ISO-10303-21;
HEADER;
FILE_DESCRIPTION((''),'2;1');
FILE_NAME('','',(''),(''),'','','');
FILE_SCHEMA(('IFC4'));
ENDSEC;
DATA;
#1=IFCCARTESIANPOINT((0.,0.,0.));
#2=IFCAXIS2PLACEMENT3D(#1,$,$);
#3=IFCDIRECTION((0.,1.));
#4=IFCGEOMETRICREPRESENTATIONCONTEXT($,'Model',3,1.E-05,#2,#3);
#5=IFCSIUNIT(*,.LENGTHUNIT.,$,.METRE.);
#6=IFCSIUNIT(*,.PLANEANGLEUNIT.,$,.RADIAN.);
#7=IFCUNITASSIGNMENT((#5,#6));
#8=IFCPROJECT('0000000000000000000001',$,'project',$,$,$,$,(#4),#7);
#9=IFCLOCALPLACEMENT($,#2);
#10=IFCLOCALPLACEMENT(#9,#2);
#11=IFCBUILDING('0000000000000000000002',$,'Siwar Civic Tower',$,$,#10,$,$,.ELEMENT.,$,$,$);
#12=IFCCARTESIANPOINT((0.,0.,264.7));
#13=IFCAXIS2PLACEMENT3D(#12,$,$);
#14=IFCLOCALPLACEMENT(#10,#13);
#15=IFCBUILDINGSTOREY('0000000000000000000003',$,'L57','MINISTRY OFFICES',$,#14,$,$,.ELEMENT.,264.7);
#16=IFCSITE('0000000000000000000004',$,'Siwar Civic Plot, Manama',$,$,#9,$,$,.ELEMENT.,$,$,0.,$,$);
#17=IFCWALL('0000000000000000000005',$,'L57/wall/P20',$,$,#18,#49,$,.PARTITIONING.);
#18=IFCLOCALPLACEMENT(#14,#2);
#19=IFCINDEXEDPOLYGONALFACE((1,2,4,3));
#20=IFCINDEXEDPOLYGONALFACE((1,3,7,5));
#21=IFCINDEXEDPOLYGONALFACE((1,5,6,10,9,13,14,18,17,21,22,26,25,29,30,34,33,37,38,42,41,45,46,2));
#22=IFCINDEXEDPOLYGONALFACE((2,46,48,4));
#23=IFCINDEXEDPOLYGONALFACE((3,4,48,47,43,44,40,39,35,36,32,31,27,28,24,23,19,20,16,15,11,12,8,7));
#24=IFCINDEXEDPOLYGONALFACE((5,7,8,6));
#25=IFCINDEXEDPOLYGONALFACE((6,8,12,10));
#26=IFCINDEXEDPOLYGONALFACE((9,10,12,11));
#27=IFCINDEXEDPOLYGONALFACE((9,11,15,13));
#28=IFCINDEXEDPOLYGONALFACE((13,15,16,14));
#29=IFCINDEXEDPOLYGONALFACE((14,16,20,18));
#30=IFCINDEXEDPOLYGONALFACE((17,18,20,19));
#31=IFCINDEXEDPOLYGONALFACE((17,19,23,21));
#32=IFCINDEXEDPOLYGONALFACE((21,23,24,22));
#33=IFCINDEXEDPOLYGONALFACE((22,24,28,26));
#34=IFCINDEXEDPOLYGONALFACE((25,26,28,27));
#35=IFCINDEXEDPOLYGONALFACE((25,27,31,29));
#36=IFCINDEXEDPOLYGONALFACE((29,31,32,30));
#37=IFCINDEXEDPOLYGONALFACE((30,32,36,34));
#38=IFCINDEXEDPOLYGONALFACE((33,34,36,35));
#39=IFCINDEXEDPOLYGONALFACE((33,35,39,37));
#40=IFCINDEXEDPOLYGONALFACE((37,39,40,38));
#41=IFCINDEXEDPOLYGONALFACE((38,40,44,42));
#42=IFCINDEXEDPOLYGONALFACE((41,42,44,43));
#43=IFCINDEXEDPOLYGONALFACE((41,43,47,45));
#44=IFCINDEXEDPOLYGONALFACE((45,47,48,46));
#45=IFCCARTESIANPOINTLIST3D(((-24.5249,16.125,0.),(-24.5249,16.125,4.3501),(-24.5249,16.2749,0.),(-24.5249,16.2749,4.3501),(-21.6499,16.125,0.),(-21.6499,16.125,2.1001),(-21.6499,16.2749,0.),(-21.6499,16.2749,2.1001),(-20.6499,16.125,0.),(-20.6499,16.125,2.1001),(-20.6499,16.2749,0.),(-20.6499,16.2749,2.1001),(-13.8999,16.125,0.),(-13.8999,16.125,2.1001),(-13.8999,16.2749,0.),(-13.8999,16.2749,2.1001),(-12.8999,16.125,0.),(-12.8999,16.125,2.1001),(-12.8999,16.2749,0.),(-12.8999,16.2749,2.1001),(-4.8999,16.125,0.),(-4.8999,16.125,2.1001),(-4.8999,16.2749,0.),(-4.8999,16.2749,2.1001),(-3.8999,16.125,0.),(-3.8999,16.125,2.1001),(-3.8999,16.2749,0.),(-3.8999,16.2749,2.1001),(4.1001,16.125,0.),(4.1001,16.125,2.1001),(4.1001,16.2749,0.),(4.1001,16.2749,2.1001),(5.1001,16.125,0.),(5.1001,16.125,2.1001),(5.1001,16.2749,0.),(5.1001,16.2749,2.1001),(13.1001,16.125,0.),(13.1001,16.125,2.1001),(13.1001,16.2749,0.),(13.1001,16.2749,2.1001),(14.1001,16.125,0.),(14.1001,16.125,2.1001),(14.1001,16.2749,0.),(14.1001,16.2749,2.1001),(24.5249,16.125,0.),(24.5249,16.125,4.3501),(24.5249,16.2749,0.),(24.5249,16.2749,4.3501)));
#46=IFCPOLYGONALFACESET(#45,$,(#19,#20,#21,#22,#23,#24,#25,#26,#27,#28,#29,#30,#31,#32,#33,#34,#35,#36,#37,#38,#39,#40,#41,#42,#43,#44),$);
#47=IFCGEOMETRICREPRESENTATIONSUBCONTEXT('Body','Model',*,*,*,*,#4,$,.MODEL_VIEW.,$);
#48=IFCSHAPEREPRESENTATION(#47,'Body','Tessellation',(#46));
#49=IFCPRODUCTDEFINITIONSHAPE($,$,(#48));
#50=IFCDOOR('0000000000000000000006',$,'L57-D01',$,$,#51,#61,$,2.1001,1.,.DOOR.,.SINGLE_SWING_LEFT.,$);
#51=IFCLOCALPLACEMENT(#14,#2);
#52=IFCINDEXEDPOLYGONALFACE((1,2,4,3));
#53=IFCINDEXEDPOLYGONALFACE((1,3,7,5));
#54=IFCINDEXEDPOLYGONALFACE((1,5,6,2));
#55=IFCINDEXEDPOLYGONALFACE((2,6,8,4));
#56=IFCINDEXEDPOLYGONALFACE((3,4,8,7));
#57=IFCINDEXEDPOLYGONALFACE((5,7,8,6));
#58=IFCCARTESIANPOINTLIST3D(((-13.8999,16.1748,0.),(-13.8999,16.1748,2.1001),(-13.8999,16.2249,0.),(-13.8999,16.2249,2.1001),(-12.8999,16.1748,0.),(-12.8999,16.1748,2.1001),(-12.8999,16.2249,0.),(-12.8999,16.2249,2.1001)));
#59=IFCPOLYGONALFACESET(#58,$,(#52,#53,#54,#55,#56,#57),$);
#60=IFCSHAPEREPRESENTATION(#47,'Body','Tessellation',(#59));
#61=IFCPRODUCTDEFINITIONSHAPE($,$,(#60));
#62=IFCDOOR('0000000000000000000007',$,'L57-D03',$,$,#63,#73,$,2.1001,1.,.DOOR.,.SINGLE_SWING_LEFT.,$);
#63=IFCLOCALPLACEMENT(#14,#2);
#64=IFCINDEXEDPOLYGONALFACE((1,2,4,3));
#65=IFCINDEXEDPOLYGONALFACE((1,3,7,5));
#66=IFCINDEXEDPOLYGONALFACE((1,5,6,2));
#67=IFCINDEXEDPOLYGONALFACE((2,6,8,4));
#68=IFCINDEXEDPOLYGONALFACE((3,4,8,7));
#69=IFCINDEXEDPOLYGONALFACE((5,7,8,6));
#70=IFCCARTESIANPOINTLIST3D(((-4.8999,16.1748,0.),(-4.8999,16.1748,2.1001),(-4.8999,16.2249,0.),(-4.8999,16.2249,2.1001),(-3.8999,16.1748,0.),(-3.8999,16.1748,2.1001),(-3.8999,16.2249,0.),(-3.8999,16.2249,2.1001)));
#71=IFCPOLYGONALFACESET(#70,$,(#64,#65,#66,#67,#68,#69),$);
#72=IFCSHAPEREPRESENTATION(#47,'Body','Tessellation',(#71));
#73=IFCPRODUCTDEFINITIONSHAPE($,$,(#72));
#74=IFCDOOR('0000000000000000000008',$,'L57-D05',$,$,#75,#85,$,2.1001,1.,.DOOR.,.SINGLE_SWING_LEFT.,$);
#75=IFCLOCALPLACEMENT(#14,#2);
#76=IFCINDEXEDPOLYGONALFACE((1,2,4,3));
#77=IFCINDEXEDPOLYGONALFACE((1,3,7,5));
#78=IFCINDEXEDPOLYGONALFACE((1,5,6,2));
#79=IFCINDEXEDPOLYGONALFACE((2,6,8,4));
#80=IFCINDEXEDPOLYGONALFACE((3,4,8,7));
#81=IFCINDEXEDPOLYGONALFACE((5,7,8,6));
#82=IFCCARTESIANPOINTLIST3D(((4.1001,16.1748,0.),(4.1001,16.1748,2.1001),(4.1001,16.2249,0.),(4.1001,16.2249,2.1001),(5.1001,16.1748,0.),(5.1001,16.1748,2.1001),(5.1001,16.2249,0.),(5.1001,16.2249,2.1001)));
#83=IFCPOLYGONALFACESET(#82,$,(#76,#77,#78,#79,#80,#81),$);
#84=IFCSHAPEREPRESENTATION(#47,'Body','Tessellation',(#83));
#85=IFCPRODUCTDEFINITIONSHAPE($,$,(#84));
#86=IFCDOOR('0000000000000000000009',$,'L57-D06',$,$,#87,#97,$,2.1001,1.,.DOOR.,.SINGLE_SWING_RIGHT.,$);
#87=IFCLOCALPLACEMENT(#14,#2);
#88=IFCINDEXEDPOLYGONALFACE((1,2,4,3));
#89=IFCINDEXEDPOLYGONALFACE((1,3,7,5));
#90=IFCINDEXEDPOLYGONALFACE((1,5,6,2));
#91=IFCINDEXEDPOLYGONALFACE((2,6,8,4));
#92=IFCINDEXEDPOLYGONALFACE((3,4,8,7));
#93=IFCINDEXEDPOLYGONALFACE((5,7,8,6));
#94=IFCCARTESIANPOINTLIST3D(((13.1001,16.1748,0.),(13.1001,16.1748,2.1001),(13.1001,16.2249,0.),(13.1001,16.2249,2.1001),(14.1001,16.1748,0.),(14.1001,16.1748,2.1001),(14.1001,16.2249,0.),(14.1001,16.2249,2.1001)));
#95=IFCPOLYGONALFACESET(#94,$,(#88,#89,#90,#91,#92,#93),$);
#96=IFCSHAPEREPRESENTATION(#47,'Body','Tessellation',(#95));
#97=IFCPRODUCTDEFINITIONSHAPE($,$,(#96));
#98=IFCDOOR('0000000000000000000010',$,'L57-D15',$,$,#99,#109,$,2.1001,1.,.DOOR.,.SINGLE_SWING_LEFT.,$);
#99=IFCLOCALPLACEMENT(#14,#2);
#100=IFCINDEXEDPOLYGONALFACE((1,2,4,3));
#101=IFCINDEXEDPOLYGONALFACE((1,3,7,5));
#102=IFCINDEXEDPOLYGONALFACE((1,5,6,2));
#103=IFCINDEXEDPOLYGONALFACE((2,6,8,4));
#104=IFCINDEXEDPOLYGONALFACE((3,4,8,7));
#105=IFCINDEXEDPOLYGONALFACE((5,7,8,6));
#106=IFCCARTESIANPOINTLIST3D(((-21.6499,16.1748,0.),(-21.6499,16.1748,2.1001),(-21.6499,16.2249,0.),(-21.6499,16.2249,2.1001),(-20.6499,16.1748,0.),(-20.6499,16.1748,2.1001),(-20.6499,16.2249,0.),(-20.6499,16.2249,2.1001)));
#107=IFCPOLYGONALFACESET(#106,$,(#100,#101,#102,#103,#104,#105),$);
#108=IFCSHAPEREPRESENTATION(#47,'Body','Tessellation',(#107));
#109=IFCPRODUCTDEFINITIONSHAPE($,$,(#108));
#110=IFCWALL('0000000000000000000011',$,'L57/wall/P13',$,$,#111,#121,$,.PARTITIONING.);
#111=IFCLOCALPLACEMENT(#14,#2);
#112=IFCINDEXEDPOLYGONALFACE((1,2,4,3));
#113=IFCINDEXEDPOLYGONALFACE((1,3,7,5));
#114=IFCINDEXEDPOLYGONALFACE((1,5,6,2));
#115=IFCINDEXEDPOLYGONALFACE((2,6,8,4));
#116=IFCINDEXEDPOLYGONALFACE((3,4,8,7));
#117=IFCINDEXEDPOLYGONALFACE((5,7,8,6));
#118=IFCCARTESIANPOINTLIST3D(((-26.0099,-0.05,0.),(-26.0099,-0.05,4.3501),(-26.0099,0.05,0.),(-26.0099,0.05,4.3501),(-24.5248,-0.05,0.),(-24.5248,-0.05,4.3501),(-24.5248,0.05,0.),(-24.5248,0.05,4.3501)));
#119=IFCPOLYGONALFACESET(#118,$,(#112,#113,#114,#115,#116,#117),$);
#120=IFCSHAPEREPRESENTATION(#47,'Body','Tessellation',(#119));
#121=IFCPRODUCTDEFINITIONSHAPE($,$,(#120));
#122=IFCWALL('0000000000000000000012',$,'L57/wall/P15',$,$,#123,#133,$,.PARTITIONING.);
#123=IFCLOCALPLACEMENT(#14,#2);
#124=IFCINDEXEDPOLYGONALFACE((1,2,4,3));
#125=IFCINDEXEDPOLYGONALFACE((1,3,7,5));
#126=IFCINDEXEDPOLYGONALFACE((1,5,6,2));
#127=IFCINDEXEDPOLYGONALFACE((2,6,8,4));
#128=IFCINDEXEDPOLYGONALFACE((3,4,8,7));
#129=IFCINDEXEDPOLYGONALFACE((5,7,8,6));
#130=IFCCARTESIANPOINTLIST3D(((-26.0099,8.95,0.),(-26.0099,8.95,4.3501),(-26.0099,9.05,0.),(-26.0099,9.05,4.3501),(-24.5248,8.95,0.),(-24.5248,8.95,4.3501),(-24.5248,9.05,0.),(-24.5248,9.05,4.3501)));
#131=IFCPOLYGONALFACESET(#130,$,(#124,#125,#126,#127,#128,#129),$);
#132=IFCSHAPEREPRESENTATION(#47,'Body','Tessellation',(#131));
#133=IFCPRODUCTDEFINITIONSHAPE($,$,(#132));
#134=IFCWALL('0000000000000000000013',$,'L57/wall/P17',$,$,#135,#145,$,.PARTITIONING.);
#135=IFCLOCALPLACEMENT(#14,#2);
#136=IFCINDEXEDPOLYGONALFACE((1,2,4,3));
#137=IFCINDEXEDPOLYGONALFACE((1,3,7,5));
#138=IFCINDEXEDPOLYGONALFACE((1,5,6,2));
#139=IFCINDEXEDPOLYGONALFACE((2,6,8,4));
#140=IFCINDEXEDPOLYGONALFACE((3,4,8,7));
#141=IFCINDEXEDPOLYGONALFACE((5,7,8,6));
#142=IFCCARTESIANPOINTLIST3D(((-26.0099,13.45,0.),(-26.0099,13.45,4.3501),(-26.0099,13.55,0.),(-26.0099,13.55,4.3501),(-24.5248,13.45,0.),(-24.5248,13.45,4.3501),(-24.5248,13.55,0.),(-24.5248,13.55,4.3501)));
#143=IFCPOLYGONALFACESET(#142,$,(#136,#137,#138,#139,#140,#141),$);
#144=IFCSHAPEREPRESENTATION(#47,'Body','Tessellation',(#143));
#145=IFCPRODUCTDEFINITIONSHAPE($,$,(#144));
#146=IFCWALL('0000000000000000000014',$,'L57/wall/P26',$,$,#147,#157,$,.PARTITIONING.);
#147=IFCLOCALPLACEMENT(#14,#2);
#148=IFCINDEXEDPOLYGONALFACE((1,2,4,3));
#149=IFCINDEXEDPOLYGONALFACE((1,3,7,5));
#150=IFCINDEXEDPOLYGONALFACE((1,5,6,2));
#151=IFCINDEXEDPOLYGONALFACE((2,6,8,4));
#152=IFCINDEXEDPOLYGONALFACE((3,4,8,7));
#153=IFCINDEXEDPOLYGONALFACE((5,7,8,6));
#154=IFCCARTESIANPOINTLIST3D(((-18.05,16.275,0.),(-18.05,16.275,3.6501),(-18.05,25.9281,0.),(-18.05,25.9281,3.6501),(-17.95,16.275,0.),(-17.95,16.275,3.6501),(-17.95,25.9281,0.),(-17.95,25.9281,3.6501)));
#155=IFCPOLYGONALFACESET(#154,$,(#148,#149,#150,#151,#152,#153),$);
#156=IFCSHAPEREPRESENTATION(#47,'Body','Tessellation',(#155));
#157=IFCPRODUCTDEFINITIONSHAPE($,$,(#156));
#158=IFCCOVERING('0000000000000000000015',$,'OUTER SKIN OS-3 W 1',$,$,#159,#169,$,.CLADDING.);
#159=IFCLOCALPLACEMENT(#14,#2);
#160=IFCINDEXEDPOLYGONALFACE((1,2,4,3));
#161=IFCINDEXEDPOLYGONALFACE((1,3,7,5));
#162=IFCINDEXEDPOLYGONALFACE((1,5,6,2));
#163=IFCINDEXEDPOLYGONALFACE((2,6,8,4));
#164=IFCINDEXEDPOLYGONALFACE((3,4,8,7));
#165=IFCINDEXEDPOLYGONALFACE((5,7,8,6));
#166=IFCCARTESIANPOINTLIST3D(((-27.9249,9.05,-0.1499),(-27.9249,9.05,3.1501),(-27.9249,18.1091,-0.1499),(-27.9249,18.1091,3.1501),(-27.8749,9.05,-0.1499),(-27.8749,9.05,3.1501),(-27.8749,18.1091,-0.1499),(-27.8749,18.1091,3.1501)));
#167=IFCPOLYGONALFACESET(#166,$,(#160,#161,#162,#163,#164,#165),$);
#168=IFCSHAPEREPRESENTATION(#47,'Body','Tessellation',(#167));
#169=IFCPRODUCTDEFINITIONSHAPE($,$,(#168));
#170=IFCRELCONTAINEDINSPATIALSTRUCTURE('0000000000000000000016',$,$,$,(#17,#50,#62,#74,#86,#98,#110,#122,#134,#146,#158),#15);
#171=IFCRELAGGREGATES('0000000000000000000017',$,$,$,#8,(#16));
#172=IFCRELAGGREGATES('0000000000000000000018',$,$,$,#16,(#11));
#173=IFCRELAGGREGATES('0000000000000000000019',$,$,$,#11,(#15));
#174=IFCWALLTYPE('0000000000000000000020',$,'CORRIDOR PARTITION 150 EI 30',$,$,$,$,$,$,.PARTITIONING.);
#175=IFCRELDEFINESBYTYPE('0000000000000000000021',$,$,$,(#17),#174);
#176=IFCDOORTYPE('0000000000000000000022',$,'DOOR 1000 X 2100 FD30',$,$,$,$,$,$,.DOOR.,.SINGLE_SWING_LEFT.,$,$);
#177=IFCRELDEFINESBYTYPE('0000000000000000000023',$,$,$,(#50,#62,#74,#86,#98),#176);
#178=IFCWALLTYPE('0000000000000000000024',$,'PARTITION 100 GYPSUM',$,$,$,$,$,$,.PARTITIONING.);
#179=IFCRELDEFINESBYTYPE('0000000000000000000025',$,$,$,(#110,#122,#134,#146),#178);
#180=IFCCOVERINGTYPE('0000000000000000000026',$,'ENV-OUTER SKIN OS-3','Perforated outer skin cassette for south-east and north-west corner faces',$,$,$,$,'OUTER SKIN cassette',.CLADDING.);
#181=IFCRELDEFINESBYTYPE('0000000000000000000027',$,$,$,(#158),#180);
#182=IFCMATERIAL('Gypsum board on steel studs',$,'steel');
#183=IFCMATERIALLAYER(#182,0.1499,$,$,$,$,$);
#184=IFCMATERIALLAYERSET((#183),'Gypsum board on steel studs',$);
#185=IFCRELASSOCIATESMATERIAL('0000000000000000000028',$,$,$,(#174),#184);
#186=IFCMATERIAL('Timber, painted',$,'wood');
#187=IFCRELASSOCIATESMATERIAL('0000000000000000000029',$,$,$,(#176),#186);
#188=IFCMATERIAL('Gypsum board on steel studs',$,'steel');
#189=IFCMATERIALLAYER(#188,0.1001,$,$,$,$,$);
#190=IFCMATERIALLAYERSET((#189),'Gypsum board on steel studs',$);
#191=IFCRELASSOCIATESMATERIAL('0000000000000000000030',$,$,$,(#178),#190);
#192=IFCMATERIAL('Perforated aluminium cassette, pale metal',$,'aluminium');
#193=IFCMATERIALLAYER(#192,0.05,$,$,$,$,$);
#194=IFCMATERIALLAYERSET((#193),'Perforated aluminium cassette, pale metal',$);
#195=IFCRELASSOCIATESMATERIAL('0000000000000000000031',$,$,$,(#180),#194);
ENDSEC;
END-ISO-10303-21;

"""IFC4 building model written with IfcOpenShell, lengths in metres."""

from ifc_helpers import new_model, si_unit, direction, frame, frame_2d, origin, origin_2d, place, context, subcontext, project, spatial, rectangle, extrude, material, layer, layer_set, type_object, element, fill, save


model = new_model("IFC4")

# Units and contexts
model_context = context("Model", 3, precision=1e-05, world=origin(), true_north=direction((0.0, 1.0)))
body_context = subcontext(model_context, "Body", "Model", "MODEL_VIEW")
ifc_project = project(units=[si_unit("LENGTHUNIT", "METRE"), si_unit("PLANEANGLEUNIT", "RADIAN")], contexts=[model_context])

# Site, building, storey
site_placement = place(None, origin())
site = spatial("IfcSite", under=ifc_project, at=site_placement, Name="Siwar Civic Plot, Manama", CompositionType="ELEMENT", RefElevation=0.0)
building_placement = place(site_placement, origin())
building = spatial("IfcBuilding", under=site, at=building_placement, Name="Siwar Civic Tower", CompositionType="ELEMENT")
storey_placement = place(building_placement, frame((0.0, 0.0, 264.7)))
storey = spatial("IfcBuildingStorey", under=building, at=storey_placement, Name="L57", Description="MINISTRY OFFICES", CompositionType="ELEMENT", Elevation=264.7)

# Wall, openings, doors
ifc_material_1 = material(Name="Gypsum board on steel studs", Category="steel")
ifc_layer_1 = layer(ifc_material_1, 0.1499)
ifc_layer_set_1 = layer_set([ifc_layer_1], Name="Gypsum board on steel studs")
wall_type_1 = type_object("IfcWallType", Name="CORRIDOR PARTITION 150 EI 30", PredefinedType="PARTITIONING", material=ifc_layer_set_1)
wall_1_placement = place(storey_placement, frame((-24.5249, 16.2, 0.0), z_axis=(0.0, 0.0, 1.0), x_axis=(1.0, 0.0, 0.0)))
wall_1 = element("IfcWall", 1, at=wall_1_placement, inside=storey, type_object=wall_type_1, Name="L57/wall/P20", PredefinedType="PARTITIONING", context=body_context, shape_type="SweptSolid", body=[
    extrude(rectangle(XDim=49.0498, YDim=0.1499, at=frame_2d((24.5249, 0.0))), origin(), (0.0, 0.0, 1.0), 4.3501),
])
opening_1_placement = place(wall_1_placement, frame((10.625, 0.0, 0.0)))
opening_1 = element("IfcOpeningElement", 2, at=opening_1_placement, cuts=wall_1, PredefinedType="OPENING", context=body_context, shape_type="SweptSolid", body=[
    extrude(rectangle(XDim=1.0, YDim=2.1001, at=frame_2d((0.5, 1.05))), frame((0.0, 0.085, 0.0), z_axis=(0.0, -1.0, 0.0), x_axis=(1.0, 0.0, 0.0)), (0.0, 0.0, 1.0), 0.1699),
])
opening_2_placement = place(wall_1_placement, frame((19.625, 0.0, 0.0)))
opening_2 = element("IfcOpeningElement", 3, at=opening_2_placement, cuts=wall_1, PredefinedType="OPENING", context=body_context, shape_type="SweptSolid", body=[
    extrude(rectangle(XDim=1.0, YDim=2.1001, at=frame_2d((0.5, 1.05))), frame((0.0, 0.085, 0.0), z_axis=(0.0, -1.0, 0.0), x_axis=(1.0, 0.0, 0.0)), (0.0, 0.0, 1.0), 0.1699),
])
opening_3_placement = place(wall_1_placement, frame((28.625, 0.0, 0.0)))
opening_3 = element("IfcOpeningElement", 4, at=opening_3_placement, cuts=wall_1, PredefinedType="OPENING", context=body_context, shape_type="SweptSolid", body=[
    extrude(rectangle(XDim=1.0, YDim=2.1001, at=frame_2d((0.5, 1.05))), frame((0.0, 0.085, 0.0), z_axis=(0.0, -1.0, 0.0), x_axis=(1.0, 0.0, 0.0)), (0.0, 0.0, 1.0), 0.1699),
])
opening_4_placement = place(wall_1_placement, frame((37.625, 0.0, 0.0)))
opening_4 = element("IfcOpeningElement", 5, at=opening_4_placement, cuts=wall_1, PredefinedType="OPENING", context=body_context, shape_type="SweptSolid", body=[
    extrude(rectangle(XDim=1.0, YDim=2.1001, at=frame_2d((0.5, 1.05))), frame((0.0, 0.085, 0.0), z_axis=(0.0, -1.0, 0.0), x_axis=(1.0, 0.0, 0.0)), (0.0, 0.0, 1.0), 0.1699),
])
opening_5_placement = place(wall_1_placement, frame((2.875, 0.0, 0.0)))
opening_5 = element("IfcOpeningElement", 6, at=opening_5_placement, cuts=wall_1, PredefinedType="OPENING", context=body_context, shape_type="SweptSolid", body=[
    extrude(rectangle(XDim=1.0, YDim=2.1001, at=frame_2d((0.5, 1.05))), frame((0.0, 0.085, 0.0), z_axis=(0.0, -1.0, 0.0), x_axis=(1.0, 0.0, 0.0)), (0.0, 0.0, 1.0), 0.1699),
])
ifc_material_2 = material(Name="Timber, painted", Category="wood")
door_type = type_object("IfcDoorType", Name="DOOR 1000 X 2100 FD30", OperationType="SINGLE_SWING_LEFT", PredefinedType="DOOR", material=ifc_material_2)
door_1_placement = place(opening_1_placement, origin())
door_1 = element("IfcDoor", 7, at=door_1_placement, inside=storey, type_object=door_type, Name="L57-D01", OperationType="SINGLE_SWING_LEFT", OverallHeight=2.1001, OverallWidth=1.0, PredefinedType="DOOR", context=body_context, shape_type="SweptSolid", body=[
    extrude(rectangle(XDim=1.0, YDim=2.1001, at=frame_2d((0.5, 1.05))), frame((0.0, 0.0249, 0.0), z_axis=(0.0, -1.0, 0.0), x_axis=(1.0, 0.0, 0.0)), (0.0, 0.0, 1.0), 0.05),
])
fill(opening_1, door_1)
door_2_placement = place(opening_2_placement, origin())
door_2 = element("IfcDoor", 8, at=door_2_placement, inside=storey, type_object=door_type, Name="L57-D03", OperationType="SINGLE_SWING_LEFT", OverallHeight=2.1001, OverallWidth=1.0, PredefinedType="DOOR", context=body_context, shape_type="SweptSolid", body=[
    extrude(rectangle(XDim=1.0, YDim=2.1001, at=frame_2d((0.5, 1.05))), frame((0.0, 0.0249, 0.0), z_axis=(0.0, -1.0, 0.0), x_axis=(1.0, 0.0, 0.0)), (0.0, 0.0, 1.0), 0.05),
])
fill(opening_2, door_2)
door_3_placement = place(opening_3_placement, origin())
door_3 = element("IfcDoor", 9, at=door_3_placement, inside=storey, type_object=door_type, Name="L57-D05", OperationType="SINGLE_SWING_LEFT", OverallHeight=2.1001, OverallWidth=1.0, PredefinedType="DOOR", context=body_context, shape_type="SweptSolid", body=[
    extrude(rectangle(XDim=1.0, YDim=2.1001, at=frame_2d((0.5, 1.05))), frame((0.0, 0.0249, 0.0), z_axis=(0.0, -1.0, 0.0), x_axis=(1.0, 0.0, 0.0)), (0.0, 0.0, 1.0), 0.05),
])
fill(opening_3, door_3)
door_4_placement = place(opening_4_placement, origin())
door_4 = element("IfcDoor", 10, at=door_4_placement, inside=storey, type_object=door_type, Name="L57-D06", OperationType="SINGLE_SWING_RIGHT", OverallHeight=2.1001, OverallWidth=1.0, PredefinedType="DOOR", context=body_context, shape_type="SweptSolid", body=[
    extrude(rectangle(XDim=1.0, YDim=2.1001, at=frame_2d((0.5, 1.05))), frame((0.0, 0.0249, 0.0), z_axis=(0.0, -1.0, 0.0), x_axis=(1.0, 0.0, 0.0)), (0.0, 0.0, 1.0), 0.05),
])
fill(opening_4, door_4)
door_5_placement = place(opening_5_placement, origin())
door_5 = element("IfcDoor", 11, at=door_5_placement, inside=storey, type_object=door_type, Name="L57-D15", OperationType="SINGLE_SWING_LEFT", OverallHeight=2.1001, OverallWidth=1.0, PredefinedType="DOOR", context=body_context, shape_type="SweptSolid", body=[
    extrude(rectangle(XDim=1.0, YDim=2.1001, at=frame_2d((0.5, 1.05))), frame((0.0, 0.0249, 0.0), z_axis=(0.0, -1.0, 0.0), x_axis=(1.0, 0.0, 0.0)), (0.0, 0.0, 1.0), 0.05),
])
fill(opening_5, door_5)

# Walls
ifc_material_3 = material(Name="Gypsum board on steel studs", Category="steel")
ifc_layer_2 = layer(ifc_material_3, 0.1001)
ifc_layer_set_2 = layer_set([ifc_layer_2], Name="Gypsum board on steel studs")
wall_type_2 = type_object("IfcWallType", Name="PARTITION 100 GYPSUM", PredefinedType="PARTITIONING", material=ifc_layer_set_2)
for number, where, z_axis, x_axis, name in (
    (12, (-26.01, 0.0, 0.0), (0.0, 0.0, 1.0), (1.0, 0.0, 0.0), "L57/wall/P13"),
    (13, (-26.01, 9.0, 0.0), (0.0, 0.0, 1.0), (1.0, 0.0, 0.0), "L57/wall/P15"),
    (14, (-26.01, 13.5, 0.0), (0.0, 0.0, 1.0), (1.0, 0.0, 0.0), "L57/wall/P17"),
):
    element("IfcWall", number, at=place(storey_placement, frame(where, z_axis=z_axis, x_axis=x_axis)), inside=storey, type_object=wall_type_2, Name=name, PredefinedType="PARTITIONING", context=body_context, shape_type="SweptSolid", body=[
        extrude(rectangle(XDim=1.4851, YDim=0.1001, at=frame_2d((0.7427, 0.0))), origin(), (0.0, 0.0, 1.0), 4.3501),
    ])
wall_2_placement = place(storey_placement, frame((-18.0, 16.2749, 0.0), z_axis=(0.0, 0.0, 1.0), x_axis=(0.0, 1.0, 0.0)))
element("IfcWall", 15, at=wall_2_placement, inside=storey, type_object=wall_type_2, Name="L57/wall/P26", PredefinedType="PARTITIONING", context=body_context, shape_type="SweptSolid", body=[
    extrude(rectangle(XDim=9.6531, YDim=0.1001, at=frame_2d((4.8267, 0.0))), origin(), (0.0, 0.0, 1.0), 3.6501),
])

# Covering
ifc_material_4 = material(Name="Perforated aluminium cassette, pale metal", Category="aluminium")
ifc_layer_3 = layer(ifc_material_4, 0.05)
ifc_layer_set_3 = layer_set([ifc_layer_3], Name="Perforated aluminium cassette, pale metal")
covering_type = type_object("IfcCoveringType", Name="ENV-OUTER SKIN OS-3", Description="Perforated outer skin cassette for south-east and north-west corner faces", ElementType="OUTER SKIN cassette", PredefinedType="CLADDING", material=ifc_layer_set_3)
covering_1_placement = place(storey_placement, frame((-27.8999, 13.5796, -0.1499), z_axis=(0.0, 0.0, 1.0), x_axis=(0.0, -1.0, 0.0)))
element("IfcCovering", 16, at=covering_1_placement, inside=storey, type_object=covering_type, Name="OUTER SKIN OS-3 W 1", PredefinedType="CLADDING", context=body_context, shape_type="SweptSolid", body=[
    extrude(rectangle(XDim=9.0591, YDim=0.05, at=origin_2d()), origin(), (0.0, 0.0, 1.0), 3.3),
])

save(model, "model.ifc")
